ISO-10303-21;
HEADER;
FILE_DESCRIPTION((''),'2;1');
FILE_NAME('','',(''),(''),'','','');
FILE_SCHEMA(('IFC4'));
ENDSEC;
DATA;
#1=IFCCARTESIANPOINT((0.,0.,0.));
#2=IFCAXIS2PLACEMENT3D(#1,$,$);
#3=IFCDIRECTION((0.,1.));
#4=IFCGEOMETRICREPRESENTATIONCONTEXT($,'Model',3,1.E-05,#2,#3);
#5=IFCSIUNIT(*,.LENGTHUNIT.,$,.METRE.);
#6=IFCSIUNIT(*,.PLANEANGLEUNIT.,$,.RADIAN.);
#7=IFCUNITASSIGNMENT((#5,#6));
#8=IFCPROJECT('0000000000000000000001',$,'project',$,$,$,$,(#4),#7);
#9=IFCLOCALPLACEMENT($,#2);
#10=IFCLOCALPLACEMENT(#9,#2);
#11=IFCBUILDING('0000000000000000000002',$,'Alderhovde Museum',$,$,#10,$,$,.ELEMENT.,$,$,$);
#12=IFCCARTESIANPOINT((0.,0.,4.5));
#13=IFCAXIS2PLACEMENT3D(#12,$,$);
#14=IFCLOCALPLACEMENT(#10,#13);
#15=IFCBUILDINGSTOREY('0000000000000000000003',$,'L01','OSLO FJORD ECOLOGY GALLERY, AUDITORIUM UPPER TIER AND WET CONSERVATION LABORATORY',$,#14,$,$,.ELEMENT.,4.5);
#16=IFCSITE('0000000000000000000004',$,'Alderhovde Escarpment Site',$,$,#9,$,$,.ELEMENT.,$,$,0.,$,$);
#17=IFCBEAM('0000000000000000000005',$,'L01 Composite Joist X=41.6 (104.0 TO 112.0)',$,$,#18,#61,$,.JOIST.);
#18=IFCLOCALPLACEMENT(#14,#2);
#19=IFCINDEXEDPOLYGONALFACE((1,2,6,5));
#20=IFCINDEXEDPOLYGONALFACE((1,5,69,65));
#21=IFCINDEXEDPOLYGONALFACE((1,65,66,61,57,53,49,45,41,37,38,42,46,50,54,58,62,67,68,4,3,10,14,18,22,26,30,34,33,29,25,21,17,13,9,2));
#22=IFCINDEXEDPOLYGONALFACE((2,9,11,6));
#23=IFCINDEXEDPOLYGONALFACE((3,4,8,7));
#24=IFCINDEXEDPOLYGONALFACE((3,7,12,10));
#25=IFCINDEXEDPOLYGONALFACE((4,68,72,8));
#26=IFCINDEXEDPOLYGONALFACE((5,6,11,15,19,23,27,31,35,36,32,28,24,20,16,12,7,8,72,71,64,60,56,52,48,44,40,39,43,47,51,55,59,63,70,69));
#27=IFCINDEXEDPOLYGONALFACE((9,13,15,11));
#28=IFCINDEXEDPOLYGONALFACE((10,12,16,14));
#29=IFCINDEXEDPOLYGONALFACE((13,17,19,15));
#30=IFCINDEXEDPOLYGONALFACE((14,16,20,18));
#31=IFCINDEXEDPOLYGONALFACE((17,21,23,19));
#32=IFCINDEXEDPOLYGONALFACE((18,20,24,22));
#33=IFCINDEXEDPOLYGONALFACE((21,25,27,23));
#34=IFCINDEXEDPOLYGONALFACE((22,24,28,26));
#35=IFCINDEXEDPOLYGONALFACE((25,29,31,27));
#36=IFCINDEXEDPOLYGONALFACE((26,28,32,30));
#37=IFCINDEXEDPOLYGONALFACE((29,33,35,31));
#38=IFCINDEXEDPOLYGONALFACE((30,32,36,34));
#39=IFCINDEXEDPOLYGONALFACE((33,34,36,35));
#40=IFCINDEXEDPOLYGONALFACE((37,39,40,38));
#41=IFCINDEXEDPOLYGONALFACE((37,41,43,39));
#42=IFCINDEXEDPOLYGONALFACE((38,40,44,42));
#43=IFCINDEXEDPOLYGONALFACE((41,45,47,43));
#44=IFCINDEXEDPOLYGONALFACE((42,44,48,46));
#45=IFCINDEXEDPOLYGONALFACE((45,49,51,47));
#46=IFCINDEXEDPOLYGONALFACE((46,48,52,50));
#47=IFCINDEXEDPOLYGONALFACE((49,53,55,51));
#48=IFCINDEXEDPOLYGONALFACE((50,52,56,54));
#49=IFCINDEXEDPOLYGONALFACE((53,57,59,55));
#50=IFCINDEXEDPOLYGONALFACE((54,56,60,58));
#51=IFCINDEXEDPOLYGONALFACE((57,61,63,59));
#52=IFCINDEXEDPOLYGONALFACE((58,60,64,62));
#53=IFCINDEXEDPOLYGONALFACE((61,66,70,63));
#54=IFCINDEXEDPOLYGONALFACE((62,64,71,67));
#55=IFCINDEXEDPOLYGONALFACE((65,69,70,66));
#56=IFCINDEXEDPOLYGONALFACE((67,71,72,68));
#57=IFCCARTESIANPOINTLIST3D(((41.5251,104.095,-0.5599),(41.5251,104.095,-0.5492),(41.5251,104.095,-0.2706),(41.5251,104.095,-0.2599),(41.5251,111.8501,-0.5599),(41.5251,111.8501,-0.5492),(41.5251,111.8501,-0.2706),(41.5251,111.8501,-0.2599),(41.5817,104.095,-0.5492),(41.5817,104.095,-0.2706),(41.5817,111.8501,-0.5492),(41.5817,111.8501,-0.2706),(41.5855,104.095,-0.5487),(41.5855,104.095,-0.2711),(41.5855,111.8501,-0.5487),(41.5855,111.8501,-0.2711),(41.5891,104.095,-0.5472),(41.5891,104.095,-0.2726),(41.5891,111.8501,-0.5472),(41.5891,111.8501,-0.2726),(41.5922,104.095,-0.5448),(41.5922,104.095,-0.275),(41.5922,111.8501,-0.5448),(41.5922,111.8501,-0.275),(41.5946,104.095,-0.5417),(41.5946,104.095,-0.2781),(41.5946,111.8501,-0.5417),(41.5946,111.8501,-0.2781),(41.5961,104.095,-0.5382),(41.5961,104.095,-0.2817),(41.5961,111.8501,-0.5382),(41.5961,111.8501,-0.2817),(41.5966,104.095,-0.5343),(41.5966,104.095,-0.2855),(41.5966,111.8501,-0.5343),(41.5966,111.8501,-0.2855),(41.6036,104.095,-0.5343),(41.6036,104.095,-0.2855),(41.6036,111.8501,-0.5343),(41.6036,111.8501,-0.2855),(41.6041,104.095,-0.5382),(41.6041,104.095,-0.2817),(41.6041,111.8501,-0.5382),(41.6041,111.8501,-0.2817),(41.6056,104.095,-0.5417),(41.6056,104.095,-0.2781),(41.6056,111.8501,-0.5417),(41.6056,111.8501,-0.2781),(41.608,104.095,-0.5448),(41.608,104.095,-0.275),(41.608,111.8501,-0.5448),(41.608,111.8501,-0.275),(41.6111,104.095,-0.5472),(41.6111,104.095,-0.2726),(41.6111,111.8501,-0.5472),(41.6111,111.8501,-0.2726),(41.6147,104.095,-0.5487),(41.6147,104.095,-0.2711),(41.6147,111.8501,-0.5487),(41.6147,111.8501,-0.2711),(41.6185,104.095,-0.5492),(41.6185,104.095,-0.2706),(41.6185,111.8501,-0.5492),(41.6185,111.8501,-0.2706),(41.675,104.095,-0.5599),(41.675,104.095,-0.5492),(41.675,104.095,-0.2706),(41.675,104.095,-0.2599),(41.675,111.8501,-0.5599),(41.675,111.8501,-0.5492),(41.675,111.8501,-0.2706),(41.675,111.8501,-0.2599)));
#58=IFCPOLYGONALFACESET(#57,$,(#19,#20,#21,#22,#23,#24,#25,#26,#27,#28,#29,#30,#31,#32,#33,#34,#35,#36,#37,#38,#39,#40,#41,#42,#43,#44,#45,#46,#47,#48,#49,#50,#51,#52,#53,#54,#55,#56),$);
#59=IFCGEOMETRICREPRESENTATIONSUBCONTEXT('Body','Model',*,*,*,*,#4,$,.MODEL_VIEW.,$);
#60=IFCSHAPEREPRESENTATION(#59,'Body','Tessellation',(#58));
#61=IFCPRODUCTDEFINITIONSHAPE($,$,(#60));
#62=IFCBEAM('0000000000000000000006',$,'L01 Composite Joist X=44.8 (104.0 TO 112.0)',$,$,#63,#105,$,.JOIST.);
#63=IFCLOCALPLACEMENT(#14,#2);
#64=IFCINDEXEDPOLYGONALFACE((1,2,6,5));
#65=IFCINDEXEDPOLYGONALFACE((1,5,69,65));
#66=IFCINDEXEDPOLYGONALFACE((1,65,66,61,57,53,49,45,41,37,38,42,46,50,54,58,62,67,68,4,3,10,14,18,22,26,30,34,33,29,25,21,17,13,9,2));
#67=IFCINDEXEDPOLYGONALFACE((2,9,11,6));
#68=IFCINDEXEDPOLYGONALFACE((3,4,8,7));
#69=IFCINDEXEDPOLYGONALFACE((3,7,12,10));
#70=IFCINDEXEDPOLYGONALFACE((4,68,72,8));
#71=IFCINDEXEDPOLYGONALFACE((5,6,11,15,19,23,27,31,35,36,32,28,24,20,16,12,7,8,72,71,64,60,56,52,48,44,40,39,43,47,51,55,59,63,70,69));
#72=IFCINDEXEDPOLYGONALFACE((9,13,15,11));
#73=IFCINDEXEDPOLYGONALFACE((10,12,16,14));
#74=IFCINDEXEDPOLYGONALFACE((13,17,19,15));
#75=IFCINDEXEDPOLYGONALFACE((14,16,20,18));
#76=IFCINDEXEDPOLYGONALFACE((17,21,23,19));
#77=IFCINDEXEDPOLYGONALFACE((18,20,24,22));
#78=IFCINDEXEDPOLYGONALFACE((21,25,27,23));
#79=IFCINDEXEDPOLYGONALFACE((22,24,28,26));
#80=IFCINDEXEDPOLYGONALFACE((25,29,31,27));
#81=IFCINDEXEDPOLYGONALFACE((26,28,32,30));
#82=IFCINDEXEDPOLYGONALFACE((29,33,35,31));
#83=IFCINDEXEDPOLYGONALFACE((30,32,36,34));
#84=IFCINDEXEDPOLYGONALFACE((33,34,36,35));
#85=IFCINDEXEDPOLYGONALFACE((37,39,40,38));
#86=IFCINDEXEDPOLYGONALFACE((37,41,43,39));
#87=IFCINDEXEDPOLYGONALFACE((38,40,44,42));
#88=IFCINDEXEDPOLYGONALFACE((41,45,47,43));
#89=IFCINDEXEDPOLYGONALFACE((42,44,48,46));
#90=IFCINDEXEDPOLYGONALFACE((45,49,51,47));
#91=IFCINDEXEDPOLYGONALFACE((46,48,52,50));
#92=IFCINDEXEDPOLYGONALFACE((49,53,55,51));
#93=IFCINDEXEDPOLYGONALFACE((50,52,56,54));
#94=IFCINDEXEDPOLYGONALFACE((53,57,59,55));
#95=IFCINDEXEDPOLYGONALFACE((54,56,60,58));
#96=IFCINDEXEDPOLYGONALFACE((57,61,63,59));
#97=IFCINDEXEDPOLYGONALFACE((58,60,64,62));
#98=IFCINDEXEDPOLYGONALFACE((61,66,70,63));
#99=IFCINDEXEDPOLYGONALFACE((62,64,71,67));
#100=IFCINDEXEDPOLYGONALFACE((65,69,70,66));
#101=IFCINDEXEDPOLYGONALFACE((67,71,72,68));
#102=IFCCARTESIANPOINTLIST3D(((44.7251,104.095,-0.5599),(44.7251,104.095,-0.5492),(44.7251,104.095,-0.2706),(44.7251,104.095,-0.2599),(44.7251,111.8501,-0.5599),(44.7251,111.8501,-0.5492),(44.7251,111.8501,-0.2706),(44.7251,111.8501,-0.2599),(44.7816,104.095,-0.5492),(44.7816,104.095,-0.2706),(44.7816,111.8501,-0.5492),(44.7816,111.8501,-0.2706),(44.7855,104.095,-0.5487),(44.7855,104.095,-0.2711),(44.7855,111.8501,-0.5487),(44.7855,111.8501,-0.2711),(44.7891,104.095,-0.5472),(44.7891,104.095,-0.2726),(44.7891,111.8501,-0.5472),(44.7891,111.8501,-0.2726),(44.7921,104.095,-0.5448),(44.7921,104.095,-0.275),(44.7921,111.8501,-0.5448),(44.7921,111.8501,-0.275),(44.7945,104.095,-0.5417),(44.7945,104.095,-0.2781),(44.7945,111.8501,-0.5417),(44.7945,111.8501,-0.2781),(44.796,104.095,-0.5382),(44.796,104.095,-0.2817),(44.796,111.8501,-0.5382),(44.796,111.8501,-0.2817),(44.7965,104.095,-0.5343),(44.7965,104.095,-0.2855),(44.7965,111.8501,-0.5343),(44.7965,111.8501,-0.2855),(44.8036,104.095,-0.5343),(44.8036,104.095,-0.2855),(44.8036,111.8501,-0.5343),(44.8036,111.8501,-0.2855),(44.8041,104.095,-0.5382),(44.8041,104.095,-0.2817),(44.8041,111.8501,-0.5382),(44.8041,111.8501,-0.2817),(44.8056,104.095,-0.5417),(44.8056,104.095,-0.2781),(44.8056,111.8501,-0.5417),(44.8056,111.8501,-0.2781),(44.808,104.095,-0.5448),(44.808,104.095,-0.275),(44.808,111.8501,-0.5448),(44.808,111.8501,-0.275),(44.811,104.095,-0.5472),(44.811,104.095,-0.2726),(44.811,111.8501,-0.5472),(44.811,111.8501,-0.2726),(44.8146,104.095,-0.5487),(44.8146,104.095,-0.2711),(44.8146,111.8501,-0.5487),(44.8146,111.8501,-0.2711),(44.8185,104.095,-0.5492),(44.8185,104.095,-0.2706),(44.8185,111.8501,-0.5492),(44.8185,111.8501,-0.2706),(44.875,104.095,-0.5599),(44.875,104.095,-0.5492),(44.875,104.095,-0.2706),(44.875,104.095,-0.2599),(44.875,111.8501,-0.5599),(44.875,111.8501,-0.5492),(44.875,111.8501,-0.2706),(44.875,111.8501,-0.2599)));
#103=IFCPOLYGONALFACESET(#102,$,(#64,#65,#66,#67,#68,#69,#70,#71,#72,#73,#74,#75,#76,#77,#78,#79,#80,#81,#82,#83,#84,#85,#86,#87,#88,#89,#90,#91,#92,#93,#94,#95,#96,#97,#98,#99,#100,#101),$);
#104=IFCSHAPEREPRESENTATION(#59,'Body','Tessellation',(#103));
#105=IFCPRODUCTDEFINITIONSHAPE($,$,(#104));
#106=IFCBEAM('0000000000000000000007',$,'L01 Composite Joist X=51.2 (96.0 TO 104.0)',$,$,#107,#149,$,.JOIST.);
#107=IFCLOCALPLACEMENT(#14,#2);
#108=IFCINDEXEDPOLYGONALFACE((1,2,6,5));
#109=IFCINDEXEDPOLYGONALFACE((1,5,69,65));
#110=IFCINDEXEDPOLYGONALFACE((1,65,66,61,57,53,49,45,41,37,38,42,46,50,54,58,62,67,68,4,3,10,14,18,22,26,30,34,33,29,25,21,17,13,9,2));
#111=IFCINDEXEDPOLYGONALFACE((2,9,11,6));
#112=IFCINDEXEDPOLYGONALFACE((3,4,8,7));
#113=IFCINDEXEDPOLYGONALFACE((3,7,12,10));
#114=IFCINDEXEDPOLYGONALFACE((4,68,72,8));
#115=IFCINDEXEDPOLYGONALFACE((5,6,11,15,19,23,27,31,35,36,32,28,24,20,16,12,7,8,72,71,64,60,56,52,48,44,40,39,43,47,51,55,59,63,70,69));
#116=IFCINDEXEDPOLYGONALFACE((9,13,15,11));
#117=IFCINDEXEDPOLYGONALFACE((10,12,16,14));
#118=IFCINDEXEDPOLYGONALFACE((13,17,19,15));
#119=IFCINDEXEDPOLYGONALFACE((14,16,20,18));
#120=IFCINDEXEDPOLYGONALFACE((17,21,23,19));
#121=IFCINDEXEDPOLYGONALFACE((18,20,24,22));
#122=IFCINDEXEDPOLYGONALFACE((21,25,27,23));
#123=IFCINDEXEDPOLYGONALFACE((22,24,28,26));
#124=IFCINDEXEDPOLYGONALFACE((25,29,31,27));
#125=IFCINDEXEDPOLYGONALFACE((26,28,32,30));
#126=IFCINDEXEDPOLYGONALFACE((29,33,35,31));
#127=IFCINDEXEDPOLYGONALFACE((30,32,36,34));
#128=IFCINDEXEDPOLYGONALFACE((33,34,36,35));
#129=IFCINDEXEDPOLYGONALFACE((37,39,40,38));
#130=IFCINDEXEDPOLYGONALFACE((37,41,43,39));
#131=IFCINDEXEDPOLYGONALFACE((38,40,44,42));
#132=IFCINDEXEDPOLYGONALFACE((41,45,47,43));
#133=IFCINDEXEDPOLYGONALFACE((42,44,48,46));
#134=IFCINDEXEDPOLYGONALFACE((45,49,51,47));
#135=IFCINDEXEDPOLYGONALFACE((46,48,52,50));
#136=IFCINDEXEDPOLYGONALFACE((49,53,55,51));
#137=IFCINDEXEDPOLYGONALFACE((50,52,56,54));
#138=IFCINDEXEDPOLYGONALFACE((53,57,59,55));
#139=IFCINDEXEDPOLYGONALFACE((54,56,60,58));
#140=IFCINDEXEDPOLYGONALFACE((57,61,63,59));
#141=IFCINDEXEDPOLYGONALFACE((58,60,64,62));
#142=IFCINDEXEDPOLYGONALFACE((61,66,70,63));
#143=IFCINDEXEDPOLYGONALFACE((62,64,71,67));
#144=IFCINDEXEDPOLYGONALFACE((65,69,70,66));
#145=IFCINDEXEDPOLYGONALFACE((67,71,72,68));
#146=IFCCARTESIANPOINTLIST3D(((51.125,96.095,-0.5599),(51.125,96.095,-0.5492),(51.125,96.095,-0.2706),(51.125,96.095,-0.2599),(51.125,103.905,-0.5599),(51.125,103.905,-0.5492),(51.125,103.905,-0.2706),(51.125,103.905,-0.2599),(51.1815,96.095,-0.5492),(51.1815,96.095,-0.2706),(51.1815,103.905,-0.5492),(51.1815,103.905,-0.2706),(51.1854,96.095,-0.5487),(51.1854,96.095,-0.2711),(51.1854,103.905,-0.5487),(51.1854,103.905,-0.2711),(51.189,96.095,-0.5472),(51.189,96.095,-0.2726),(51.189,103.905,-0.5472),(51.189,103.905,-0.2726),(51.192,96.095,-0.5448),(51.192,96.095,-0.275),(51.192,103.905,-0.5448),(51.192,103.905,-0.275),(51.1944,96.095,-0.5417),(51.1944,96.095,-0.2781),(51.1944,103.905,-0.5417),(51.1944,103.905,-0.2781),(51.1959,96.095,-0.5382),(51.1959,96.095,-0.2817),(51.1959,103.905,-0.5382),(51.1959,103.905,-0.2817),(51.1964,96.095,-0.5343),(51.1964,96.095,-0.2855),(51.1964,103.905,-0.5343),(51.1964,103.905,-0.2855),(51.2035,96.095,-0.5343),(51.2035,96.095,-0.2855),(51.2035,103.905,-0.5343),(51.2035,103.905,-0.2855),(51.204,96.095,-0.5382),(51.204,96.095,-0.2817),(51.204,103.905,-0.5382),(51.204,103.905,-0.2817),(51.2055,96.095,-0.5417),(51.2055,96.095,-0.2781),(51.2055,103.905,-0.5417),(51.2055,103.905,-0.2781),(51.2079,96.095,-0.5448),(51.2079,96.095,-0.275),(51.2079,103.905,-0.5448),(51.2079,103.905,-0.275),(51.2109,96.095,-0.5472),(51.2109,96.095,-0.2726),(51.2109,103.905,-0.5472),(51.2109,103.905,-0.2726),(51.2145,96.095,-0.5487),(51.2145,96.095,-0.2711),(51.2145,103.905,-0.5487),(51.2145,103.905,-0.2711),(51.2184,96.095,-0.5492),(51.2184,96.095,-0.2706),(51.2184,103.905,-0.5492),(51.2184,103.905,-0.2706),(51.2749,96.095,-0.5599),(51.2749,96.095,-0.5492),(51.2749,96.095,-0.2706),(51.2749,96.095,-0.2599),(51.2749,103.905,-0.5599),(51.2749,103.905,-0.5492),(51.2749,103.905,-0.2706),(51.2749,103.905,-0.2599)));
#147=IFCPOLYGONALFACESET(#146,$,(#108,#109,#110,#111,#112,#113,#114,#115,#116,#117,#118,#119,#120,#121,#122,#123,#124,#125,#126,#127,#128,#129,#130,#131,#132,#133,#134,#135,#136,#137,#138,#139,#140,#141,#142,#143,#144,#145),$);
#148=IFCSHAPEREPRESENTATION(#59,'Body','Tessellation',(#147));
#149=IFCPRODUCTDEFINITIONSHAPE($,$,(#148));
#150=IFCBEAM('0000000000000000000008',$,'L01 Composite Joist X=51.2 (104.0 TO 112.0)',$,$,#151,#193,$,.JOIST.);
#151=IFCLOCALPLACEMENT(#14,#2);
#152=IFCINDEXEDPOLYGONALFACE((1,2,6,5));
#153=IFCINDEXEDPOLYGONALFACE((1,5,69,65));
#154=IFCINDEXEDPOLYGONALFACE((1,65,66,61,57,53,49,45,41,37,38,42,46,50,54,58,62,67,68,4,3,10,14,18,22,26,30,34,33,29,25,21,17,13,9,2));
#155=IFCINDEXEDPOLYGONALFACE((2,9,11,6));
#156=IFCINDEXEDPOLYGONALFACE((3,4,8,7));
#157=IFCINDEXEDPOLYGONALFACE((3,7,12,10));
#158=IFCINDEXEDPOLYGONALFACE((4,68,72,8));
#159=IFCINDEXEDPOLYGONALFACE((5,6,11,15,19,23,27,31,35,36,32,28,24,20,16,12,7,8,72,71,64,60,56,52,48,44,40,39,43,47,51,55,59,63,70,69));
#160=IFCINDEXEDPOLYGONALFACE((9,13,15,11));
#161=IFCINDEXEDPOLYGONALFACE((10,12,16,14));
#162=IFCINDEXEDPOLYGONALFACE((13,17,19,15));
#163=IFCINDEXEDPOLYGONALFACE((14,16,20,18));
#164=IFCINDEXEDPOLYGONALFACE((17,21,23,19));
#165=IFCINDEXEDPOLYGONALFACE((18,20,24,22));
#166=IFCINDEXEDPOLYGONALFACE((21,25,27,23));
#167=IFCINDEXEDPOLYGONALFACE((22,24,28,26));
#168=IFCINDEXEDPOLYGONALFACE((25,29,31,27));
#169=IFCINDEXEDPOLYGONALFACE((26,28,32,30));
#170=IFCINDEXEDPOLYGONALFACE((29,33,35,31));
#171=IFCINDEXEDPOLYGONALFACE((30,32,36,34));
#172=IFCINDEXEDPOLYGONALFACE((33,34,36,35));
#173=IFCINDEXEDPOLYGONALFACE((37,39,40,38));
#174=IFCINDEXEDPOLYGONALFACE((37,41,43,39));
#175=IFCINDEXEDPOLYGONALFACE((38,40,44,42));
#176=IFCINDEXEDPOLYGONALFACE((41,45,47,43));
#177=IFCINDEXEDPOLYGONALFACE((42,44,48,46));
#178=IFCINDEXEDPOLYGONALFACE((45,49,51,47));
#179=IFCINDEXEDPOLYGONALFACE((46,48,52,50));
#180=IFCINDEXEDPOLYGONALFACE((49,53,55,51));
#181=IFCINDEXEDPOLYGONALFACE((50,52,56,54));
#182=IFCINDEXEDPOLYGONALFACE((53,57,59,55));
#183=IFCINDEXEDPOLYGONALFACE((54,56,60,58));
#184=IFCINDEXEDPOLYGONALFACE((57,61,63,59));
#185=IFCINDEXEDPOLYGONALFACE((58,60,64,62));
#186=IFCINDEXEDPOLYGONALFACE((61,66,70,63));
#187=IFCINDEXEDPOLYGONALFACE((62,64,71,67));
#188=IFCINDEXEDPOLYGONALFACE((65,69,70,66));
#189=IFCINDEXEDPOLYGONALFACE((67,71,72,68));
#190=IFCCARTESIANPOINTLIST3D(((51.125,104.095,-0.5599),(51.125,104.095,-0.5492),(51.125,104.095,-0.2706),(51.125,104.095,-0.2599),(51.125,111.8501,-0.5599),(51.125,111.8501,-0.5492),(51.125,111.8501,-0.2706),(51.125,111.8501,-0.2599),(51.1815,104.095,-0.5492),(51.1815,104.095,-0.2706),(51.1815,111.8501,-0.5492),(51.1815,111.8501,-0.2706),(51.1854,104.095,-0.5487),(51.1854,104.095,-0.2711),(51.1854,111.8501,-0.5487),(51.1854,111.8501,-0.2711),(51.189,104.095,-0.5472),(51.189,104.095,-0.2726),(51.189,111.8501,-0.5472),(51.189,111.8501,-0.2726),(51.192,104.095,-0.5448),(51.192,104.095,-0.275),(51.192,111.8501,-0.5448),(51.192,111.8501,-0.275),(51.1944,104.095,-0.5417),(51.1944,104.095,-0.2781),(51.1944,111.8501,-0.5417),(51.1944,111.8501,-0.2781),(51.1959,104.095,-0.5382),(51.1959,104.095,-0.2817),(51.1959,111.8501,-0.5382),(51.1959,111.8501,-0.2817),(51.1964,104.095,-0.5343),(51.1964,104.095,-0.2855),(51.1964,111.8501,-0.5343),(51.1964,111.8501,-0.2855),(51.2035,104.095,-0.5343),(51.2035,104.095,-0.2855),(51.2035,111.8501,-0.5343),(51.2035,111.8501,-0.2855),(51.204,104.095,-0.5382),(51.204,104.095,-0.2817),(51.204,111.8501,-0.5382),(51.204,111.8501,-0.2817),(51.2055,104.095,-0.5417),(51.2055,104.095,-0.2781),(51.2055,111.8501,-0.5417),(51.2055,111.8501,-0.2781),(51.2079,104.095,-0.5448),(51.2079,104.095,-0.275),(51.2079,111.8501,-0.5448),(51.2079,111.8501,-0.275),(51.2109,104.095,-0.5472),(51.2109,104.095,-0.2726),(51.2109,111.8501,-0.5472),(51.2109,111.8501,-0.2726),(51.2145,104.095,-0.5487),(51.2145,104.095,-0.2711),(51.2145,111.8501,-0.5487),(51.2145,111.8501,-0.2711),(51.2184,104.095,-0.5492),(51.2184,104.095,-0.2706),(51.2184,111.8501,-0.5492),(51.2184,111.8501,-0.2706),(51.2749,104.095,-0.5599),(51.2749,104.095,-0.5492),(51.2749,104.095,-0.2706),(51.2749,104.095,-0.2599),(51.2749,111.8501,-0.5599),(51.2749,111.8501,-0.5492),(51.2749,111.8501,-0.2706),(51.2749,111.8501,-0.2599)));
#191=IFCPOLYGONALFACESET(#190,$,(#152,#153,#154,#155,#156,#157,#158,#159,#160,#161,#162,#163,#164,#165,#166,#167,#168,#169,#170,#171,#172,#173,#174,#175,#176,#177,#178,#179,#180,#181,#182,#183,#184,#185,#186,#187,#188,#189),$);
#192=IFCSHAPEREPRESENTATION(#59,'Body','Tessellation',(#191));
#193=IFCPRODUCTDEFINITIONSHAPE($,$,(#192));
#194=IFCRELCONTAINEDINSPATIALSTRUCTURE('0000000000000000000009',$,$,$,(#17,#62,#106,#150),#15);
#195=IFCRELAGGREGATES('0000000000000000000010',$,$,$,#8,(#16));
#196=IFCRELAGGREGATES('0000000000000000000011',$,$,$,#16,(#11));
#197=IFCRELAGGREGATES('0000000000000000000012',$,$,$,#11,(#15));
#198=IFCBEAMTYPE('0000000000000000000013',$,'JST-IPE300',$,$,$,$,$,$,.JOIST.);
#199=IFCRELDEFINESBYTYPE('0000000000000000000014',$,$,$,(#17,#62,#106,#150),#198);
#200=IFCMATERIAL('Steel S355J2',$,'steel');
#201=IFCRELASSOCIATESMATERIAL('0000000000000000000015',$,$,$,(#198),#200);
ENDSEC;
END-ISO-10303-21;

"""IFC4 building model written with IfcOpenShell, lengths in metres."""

from ifc_helpers import new_model, si_unit, direction, frame, origin, origin_2d, place, context, subcontext, project, spatial, i_section, extrude, material, material_profile, profile_set, type_object, element, save


model = new_model("IFC4")

# Units and contexts
model_context = context("Model", 3, precision=1e-05, world=origin(), true_north=direction((0.0, 1.0)))
body_context = subcontext(model_context, "Body", "Model", "MODEL_VIEW")
ifc_project = project(units=[si_unit("LENGTHUNIT", "METRE"), si_unit("PLANEANGLEUNIT", "RADIAN")], contexts=[model_context])

# Site, building, storey
site_placement = place(None, origin())
site = spatial("IfcSite", under=ifc_project, at=site_placement, Name="Alderhovde Escarpment Site", CompositionType="ELEMENT", RefElevation=0.0)
building_placement = place(site_placement, origin())
building = spatial("IfcBuilding", under=site, at=building_placement, Name="Alderhovde Museum", CompositionType="ELEMENT")
storey_placement = place(building_placement, frame((0.0, 0.0, 4.5)))
storey = spatial("IfcBuildingStorey", under=building, at=storey_placement, Name="L01", Description="OSLO FJORD ECOLOGY GALLERY, AUDITORIUM UPPER TIER AND WET CONSERVATION LABORATORY", CompositionType="ELEMENT", Elevation=4.5)

# Beams
ifc_material_1 = material(Name="Steel S355J2", Category="steel")
ifc_material_profile_1 = material_profile(ifc_material_1, i_section(OverallWidth=0.1499, OverallDepth=0.3, WebThickness=0.0071, FlangeThickness=0.0107, FilletRadius=0.0149, at=origin_2d()), Name="IPE 300")
ifc_profile_set_1 = profile_set([ifc_material_profile_1], Name="Steel S355J2")
beam_type_1 = type_object("IfcBeamType", Name="JST-IPE300", PredefinedType="JOIST", material=ifc_profile_set_1)
for number, where, z_axis, x_axis, name in (
    (1, (41.6001, 104.095, -0.4099), (0.0, 1.0, 0.0), (-1.0, 0.0, 0.0), "L01 Composite Joist X=41.6 (104.0 TO 112.0)"),
    (2, (44.8, 104.095, -0.4099), (0.0, 1.0, 0.0), (-1.0, 0.0, 0.0), "L01 Composite Joist X=44.8 (104.0 TO 112.0)"),
):
    element("IfcBeam", number, at=place(storey_placement, frame(where, z_axis=z_axis, x_axis=x_axis)), inside=storey, type_object=beam_type_1, Name=name, PredefinedType="JOIST", context=body_context, shape_type="SweptSolid", body=[
        extrude(i_section(OverallWidth=0.1499, OverallDepth=0.3, WebThickness=0.0071, FlangeThickness=0.0107, FilletRadius=0.0149, at=origin_2d()), origin(), (0.0, 0.0, 1.0), 7.7551),
    ])
beam_1_placement = place(storey_placement, frame((51.2, 96.095, -0.4099), z_axis=(0.0, 1.0, 0.0), x_axis=(-1.0, 0.0, 0.0)))
element("IfcBeam", 3, at=beam_1_placement, inside=storey, type_object=beam_type_1, Name="L01 Composite Joist X=51.2 (96.0 TO 104.0)", PredefinedType="JOIST", context=body_context, shape_type="SweptSolid", body=[
    extrude(i_section(OverallWidth=0.1499, OverallDepth=0.3, WebThickness=0.0071, FlangeThickness=0.0107, FilletRadius=0.0149, at=origin_2d()), origin(), (0.0, 0.0, 1.0), 7.8101),
])
beam_2_placement = place(storey_placement, frame((51.2, 104.095, -0.4099), z_axis=(0.0, 1.0, 0.0), x_axis=(-1.0, 0.0, 0.0)))
element("IfcBeam", 4, at=beam_2_placement, inside=storey, type_object=beam_type_1, Name="L01 Composite Joist X=51.2 (104.0 TO 112.0)", PredefinedType="JOIST", context=body_context, shape_type="SweptSolid", body=[
    extrude(i_section(OverallWidth=0.1499, OverallDepth=0.3, WebThickness=0.0071, FlangeThickness=0.0107, FilletRadius=0.0149, at=origin_2d()), origin(), (0.0, 0.0, 1.0), 7.7551),
])

save(model, "model.ifc")
